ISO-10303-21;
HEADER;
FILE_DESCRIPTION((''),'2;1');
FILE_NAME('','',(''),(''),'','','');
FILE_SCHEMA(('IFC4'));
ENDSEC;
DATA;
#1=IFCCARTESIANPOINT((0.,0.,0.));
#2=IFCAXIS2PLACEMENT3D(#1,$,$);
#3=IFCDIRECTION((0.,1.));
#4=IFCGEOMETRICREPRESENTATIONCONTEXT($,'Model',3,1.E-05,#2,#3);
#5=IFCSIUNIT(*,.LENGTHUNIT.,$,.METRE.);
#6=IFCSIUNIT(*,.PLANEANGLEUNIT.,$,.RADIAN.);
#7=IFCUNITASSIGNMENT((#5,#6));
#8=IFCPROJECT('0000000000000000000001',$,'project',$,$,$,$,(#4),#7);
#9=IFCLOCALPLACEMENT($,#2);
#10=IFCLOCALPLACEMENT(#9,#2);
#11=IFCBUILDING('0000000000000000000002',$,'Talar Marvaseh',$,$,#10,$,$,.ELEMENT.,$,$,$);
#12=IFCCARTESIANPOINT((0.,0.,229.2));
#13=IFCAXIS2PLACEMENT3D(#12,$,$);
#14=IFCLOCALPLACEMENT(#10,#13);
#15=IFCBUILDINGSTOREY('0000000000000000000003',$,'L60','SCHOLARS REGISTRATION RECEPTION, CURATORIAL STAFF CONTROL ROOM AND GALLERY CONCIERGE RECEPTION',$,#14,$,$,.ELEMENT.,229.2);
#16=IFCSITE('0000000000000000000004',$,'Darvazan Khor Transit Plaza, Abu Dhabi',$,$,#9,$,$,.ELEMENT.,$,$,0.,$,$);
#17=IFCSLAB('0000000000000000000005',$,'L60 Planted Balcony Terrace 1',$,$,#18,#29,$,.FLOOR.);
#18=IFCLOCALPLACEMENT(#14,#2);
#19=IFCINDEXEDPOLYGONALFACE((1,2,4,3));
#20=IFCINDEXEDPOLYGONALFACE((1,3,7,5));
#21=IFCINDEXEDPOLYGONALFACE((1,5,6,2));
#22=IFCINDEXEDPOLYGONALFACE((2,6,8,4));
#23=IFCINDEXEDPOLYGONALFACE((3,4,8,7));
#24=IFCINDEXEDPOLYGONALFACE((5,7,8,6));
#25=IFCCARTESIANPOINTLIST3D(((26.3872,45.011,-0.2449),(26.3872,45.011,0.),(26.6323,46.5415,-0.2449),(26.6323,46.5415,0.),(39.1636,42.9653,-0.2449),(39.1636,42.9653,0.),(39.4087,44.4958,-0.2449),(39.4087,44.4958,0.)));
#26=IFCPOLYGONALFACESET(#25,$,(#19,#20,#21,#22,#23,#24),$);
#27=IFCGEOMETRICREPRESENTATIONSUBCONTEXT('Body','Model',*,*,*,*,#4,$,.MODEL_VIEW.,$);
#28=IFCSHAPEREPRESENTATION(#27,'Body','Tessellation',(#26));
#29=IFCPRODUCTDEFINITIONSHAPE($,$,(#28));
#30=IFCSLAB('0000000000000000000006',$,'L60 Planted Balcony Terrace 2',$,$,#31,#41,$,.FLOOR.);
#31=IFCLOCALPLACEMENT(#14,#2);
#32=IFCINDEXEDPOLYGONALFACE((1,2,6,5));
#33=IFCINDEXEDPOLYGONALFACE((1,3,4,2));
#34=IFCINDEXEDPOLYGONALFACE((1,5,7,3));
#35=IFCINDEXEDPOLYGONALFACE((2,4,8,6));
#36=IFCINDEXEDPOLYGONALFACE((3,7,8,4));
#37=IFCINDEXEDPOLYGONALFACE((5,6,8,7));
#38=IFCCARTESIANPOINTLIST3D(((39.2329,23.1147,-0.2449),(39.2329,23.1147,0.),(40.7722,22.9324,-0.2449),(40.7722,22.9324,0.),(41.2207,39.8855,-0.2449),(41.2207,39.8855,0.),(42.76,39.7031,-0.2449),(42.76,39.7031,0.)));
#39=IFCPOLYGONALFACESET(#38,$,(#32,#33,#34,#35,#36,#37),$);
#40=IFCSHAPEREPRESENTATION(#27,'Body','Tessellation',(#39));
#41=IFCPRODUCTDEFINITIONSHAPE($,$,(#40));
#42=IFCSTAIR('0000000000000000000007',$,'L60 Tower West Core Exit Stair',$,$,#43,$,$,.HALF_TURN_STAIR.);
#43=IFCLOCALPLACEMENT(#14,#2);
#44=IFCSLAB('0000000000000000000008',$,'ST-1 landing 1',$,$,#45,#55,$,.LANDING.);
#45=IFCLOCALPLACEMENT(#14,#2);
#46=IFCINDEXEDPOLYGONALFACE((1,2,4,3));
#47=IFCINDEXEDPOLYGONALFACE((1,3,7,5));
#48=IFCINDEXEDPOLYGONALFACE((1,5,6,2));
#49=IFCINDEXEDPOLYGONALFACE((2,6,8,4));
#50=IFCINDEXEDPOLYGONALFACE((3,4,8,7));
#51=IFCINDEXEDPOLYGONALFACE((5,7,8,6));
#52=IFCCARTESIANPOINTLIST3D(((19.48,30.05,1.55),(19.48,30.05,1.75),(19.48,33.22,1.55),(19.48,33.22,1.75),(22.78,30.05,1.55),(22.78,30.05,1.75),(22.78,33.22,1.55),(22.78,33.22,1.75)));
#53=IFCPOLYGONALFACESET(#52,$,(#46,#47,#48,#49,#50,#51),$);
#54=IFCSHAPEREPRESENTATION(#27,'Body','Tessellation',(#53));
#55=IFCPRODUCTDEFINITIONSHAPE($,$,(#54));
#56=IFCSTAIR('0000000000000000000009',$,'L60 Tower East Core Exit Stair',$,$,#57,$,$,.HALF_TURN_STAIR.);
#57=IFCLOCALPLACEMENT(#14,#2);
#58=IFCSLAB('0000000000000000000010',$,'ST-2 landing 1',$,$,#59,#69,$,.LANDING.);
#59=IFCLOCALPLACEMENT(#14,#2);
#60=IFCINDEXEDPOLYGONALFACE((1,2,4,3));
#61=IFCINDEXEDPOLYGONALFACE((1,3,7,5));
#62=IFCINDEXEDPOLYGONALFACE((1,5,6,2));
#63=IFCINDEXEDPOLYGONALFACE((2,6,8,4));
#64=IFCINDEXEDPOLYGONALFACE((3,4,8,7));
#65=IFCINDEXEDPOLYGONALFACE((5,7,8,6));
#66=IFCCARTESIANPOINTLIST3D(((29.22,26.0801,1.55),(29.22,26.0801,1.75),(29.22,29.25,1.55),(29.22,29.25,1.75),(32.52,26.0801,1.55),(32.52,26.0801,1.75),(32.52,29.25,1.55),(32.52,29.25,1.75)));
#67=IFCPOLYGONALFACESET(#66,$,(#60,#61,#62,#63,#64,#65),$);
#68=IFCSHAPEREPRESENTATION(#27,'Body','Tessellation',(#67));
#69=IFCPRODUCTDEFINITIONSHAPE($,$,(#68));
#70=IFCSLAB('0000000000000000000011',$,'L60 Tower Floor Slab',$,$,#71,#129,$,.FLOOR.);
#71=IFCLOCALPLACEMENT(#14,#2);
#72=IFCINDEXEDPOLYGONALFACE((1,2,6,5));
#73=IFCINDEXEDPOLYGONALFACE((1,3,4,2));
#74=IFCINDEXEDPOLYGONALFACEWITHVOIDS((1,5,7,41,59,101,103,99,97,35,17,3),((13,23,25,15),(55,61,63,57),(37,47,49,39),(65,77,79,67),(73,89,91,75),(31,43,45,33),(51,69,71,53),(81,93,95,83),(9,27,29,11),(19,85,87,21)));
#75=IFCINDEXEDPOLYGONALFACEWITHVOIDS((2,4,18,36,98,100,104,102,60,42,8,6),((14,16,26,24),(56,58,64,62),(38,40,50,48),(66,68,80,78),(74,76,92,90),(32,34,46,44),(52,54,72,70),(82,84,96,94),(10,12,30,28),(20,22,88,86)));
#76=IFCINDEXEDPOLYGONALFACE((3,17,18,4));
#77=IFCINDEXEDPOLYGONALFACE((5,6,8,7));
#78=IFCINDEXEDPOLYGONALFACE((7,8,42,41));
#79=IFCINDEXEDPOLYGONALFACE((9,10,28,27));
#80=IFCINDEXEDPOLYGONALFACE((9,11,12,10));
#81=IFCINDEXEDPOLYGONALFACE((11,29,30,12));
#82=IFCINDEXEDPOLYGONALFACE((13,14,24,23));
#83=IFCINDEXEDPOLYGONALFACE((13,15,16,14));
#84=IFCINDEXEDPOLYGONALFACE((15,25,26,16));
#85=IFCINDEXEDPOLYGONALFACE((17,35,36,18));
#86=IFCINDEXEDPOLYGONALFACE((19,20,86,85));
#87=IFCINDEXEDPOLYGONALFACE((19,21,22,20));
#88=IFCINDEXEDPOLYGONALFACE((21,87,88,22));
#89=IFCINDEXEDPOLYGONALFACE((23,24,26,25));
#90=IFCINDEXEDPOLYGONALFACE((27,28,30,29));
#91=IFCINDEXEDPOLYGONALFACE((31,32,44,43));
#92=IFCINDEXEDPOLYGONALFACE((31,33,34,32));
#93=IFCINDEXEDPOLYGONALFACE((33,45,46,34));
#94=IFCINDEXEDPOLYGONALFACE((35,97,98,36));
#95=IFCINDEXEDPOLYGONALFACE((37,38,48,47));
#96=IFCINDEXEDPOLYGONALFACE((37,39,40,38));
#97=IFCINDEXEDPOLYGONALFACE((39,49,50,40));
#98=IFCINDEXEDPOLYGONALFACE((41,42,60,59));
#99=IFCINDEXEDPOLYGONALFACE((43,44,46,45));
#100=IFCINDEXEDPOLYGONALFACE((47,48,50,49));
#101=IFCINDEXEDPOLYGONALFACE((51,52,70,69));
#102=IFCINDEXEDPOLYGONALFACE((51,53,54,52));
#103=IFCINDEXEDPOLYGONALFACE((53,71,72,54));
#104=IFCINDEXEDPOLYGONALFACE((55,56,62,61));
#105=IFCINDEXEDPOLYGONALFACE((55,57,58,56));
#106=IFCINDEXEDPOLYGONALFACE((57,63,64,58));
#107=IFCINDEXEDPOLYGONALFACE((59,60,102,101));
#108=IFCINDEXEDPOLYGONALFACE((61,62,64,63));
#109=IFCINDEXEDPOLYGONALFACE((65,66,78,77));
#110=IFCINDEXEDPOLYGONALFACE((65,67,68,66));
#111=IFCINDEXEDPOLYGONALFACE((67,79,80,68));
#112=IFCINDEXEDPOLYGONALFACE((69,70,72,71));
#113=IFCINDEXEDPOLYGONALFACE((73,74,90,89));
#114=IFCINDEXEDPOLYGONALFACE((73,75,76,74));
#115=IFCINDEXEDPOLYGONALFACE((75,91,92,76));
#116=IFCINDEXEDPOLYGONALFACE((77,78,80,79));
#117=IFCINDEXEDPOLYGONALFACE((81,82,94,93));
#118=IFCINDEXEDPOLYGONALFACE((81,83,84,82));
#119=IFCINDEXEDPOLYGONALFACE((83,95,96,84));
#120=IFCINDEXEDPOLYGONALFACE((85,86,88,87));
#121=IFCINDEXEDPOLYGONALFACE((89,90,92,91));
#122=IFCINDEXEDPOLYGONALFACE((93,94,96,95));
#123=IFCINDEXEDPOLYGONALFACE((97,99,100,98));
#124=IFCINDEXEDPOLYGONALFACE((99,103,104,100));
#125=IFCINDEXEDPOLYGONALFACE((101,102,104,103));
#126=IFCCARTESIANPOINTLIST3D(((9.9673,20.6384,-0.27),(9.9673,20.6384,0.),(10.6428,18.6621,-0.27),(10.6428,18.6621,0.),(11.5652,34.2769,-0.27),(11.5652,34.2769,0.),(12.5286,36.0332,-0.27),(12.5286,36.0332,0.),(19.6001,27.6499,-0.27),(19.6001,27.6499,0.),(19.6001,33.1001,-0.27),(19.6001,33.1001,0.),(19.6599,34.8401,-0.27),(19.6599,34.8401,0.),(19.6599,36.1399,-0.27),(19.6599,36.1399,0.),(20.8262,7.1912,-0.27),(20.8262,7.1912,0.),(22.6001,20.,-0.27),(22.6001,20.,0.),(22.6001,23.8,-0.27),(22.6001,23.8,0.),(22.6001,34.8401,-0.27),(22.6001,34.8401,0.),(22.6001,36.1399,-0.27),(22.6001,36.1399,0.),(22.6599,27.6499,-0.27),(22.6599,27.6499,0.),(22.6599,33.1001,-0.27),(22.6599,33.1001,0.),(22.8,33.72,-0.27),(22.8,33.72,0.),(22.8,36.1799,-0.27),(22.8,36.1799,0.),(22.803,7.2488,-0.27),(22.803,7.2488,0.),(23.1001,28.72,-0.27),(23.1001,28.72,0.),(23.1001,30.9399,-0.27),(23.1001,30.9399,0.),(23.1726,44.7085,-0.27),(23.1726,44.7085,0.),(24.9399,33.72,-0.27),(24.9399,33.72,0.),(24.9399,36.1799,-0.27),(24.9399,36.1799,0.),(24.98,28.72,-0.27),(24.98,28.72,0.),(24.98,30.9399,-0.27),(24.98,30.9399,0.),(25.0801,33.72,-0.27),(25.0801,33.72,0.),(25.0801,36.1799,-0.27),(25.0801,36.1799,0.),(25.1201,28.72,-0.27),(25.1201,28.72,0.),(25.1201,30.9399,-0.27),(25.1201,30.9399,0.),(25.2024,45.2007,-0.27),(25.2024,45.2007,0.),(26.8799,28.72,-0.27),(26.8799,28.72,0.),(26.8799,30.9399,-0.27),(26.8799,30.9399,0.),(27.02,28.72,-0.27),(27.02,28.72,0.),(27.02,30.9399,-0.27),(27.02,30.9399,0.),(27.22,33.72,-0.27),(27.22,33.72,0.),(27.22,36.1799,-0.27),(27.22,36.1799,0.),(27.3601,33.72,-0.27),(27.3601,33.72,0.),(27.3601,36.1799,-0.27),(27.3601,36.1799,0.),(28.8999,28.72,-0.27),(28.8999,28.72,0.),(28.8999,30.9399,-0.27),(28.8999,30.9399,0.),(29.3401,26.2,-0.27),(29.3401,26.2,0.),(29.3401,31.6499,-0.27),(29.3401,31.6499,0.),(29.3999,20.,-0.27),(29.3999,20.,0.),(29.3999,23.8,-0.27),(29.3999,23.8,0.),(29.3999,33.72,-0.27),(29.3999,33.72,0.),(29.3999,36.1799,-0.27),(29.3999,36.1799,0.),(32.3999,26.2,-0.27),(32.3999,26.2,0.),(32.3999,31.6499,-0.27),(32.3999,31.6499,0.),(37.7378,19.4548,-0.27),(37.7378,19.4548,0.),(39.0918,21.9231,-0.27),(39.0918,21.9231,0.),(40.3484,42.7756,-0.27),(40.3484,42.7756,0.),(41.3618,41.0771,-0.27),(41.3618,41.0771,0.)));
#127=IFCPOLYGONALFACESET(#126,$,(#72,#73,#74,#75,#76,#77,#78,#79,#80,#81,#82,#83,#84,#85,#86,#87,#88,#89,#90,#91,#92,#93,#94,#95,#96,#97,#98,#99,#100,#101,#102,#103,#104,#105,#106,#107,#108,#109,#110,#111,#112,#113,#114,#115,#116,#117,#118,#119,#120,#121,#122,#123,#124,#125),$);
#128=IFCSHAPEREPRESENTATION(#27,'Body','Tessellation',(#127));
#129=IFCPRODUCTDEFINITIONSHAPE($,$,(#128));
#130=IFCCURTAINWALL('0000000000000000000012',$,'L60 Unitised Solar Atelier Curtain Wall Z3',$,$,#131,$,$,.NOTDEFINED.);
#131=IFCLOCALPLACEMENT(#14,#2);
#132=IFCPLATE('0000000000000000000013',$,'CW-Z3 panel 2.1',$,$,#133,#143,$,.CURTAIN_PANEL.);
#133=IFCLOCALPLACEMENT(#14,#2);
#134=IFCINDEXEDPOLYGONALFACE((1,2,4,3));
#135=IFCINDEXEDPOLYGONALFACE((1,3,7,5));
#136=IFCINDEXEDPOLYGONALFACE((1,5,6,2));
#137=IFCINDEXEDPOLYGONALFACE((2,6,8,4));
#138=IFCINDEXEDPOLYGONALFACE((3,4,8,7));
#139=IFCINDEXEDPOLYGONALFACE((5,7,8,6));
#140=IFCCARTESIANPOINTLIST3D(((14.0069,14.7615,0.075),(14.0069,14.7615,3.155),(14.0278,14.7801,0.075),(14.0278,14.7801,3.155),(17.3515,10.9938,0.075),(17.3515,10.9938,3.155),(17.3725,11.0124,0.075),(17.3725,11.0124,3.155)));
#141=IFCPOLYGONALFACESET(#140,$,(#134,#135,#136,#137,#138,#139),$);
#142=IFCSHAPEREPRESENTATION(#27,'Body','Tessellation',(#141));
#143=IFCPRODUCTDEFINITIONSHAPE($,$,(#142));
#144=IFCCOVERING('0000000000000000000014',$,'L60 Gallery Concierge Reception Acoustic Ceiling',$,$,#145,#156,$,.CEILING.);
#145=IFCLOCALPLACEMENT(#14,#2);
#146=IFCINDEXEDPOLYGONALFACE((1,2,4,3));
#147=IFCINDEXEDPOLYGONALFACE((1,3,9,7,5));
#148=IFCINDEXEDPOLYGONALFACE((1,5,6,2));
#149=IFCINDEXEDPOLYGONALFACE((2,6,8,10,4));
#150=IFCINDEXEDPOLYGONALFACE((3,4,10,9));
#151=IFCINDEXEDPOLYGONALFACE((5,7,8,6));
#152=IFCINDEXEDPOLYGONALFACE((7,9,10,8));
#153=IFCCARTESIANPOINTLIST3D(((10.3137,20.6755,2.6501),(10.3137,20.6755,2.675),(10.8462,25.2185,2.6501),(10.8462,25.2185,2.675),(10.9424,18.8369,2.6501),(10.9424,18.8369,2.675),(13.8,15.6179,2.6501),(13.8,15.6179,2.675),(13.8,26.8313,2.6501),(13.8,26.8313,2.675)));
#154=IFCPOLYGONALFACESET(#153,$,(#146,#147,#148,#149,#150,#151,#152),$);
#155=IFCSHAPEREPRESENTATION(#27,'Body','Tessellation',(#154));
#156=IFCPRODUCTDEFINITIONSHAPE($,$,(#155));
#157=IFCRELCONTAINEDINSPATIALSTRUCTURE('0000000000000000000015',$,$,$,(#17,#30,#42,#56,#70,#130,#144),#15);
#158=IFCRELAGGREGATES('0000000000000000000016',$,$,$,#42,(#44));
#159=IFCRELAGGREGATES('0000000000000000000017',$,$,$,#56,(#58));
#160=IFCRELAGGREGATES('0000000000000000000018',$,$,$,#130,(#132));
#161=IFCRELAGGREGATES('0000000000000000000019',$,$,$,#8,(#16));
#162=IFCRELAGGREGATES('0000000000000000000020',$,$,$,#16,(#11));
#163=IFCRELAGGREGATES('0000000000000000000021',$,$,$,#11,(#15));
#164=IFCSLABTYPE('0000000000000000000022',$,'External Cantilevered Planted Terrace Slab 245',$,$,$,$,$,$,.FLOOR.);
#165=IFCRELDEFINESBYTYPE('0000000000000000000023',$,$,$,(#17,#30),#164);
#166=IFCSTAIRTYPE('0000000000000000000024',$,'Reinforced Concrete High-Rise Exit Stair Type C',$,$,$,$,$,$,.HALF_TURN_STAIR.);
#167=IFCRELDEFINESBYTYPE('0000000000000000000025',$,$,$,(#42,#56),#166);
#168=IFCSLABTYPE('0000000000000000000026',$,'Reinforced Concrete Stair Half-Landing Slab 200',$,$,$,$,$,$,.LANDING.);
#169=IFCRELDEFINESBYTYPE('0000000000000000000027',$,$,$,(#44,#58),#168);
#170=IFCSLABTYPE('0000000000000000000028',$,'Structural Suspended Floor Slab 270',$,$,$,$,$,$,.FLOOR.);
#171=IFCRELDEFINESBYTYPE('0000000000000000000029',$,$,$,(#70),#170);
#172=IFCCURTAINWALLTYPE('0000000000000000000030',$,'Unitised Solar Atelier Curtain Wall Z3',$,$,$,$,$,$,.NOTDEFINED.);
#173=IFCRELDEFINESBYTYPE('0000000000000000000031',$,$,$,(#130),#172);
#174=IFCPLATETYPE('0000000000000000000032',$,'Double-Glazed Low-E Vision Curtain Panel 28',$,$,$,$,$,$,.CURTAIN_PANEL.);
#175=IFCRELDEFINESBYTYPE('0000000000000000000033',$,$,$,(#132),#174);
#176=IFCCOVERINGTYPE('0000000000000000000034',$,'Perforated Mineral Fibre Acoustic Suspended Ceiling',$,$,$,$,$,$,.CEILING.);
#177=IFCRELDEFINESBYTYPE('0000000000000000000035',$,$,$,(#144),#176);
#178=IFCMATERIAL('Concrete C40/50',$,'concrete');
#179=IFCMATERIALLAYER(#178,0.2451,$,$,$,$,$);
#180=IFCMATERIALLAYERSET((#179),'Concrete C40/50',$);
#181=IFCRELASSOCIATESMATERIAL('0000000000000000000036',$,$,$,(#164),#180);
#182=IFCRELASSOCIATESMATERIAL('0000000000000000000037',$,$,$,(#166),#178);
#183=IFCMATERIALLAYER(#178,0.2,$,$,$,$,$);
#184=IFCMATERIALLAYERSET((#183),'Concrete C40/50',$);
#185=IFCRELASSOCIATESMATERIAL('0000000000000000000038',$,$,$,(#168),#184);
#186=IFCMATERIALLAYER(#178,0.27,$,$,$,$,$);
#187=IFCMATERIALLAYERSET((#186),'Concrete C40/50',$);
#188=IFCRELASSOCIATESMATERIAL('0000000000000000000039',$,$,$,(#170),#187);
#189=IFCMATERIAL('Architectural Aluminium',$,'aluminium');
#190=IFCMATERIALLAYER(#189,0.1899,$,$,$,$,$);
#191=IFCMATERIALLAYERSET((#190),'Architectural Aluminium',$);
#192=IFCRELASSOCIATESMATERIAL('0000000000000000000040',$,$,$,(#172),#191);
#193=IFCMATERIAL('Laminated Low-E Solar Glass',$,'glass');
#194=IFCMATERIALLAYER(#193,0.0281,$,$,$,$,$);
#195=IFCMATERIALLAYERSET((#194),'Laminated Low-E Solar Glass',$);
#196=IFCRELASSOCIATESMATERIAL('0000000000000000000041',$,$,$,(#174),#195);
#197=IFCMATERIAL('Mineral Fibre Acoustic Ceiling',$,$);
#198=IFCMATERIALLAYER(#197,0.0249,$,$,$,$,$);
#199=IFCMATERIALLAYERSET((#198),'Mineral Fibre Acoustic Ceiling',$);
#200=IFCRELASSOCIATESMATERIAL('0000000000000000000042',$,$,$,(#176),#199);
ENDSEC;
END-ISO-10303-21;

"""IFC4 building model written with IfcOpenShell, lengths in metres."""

from ifc_helpers import new_model, si_unit, direction, frame, origin, origin_2d, place, context, subcontext, project, spatial, polyline, rectangle, outline, extrude, source, transform, mapped, material, layer, layer_set, type_object, type_shapes, element, aggregate, save


model = new_model("IFC4")

# Units and contexts
model_context = context("Model", 3, precision=1e-05, world=origin(), true_north=direction((0.0, 1.0)))
body_context = subcontext(model_context, "Body", "Model", "MODEL_VIEW")
ifc_project = project(units=[si_unit("LENGTHUNIT", "METRE"), si_unit("PLANEANGLEUNIT", "RADIAN")], contexts=[model_context])

# Site, building, storey
site_placement = place(None, origin())
site = spatial("IfcSite", under=ifc_project, at=site_placement, Name="Darvazan Khor Transit Plaza, Abu Dhabi", CompositionType="ELEMENT", RefElevation=0.0)
building_placement = place(site_placement, origin())
building = spatial("IfcBuilding", under=site, at=building_placement, Name="Talar Marvaseh", CompositionType="ELEMENT")
storey_placement = place(building_placement, frame((0.0, 0.0, 229.2)))
storey = spatial("IfcBuildingStorey", under=building, at=storey_placement, Name="L60", Description="SCHOLARS REGISTRATION RECEPTION, CURATORIAL STAFF CONTROL ROOM AND GALLERY CONCIERGE RECEPTION", CompositionType="ELEMENT", Elevation=229.2)

# Slabs
ifc_material_1 = material(Name="Concrete C40/50", Category="concrete")
ifc_layer_1 = layer(ifc_material_1, 0.2451)
ifc_layer_set_1 = layer_set([ifc_layer_1], Name="Concrete C40/50")
slab_type_1 = type_object("IfcSlabType", Name="External Cantilevered Planted Terrace Slab 245", PredefinedType="FLOOR", material=ifc_layer_set_1)
slab_1_placement = place(storey_placement, frame((0.0, 0.0, -0.2449)))
element("IfcSlab", 1, at=slab_1_placement, inside=storey, type_object=slab_type_1, Name="L60 Planted Balcony Terrace 1", PredefinedType="FLOOR", context=body_context, shape_type="SweptSolid", body=[
    extrude(outline(polyline([(26.3872, 45.011), (39.1636, 42.9653), (39.4087, 44.4958), (26.6323, 46.5415), (26.3872, 45.011)])), origin(), (0.0, 0.0, 1.0), 0.2449),
])
slab_2_placement = place(storey_placement, frame((0.0, 0.0, -0.2449)))
element("IfcSlab", 2, at=slab_2_placement, inside=storey, type_object=slab_type_1, Name="L60 Planted Balcony Terrace 2", PredefinedType="FLOOR", context=body_context, shape_type="SweptSolid", body=[
    extrude(outline(polyline([(41.2207, 39.8855), (39.2329, 23.1147), (40.7722, 22.9324), (42.76, 39.7031), (41.2207, 39.8855)])), origin(), (0.0, 0.0, 1.0), 0.2449),
])

# Stairs, slabs
stair_type = type_object("IfcStairType", Name="Reinforced Concrete High-Rise Exit Stair Type C", PredefinedType="HALF_TURN_STAIR", material=ifc_material_1)
stair_1_placement = place(storey_placement, origin())
stair_1 = element("IfcStair", 3, at=stair_1_placement, inside=storey, type_object=stair_type, Name="L60 Tower West Core Exit Stair", PredefinedType="HALF_TURN_STAIR")
ifc_layer_2 = layer(ifc_material_1, 0.2)
ifc_layer_set_2 = layer_set([ifc_layer_2], Name="Concrete C40/50")
slab_type_2 = type_object("IfcSlabType", Name="Reinforced Concrete Stair Half-Landing Slab 200", PredefinedType="LANDING", material=ifc_layer_set_2)
slab_3_placement = place(storey_placement, frame((0.0, 0.0, 1.55)))
slab_3 = element("IfcSlab", 4, at=slab_3_placement, type_object=slab_type_2, Name="ST-1 landing 1", PredefinedType="LANDING", context=body_context, shape_type="SweptSolid", body=[
    extrude(outline(polyline([(22.78, 30.05), (22.78, 33.22), (19.48, 33.22), (19.48, 30.05), (22.78, 30.05)])), origin(), (0.0, 0.0, 1.0), 0.2),
])
aggregate(stair_1, [slab_3])
stair_2_placement = place(storey_placement, origin())
stair_2 = element("IfcStair", 5, at=stair_2_placement, inside=storey, type_object=stair_type, Name="L60 Tower East Core Exit Stair", PredefinedType="HALF_TURN_STAIR")
slab_4_placement = place(storey_placement, frame((0.0, 0.0, 1.55)))
slab_4 = element("IfcSlab", 6, at=slab_4_placement, type_object=slab_type_2, Name="ST-2 landing 1", PredefinedType="LANDING", context=body_context, shape_type="SweptSolid", body=[
    extrude(outline(polyline([(29.22, 29.25), (29.22, 26.0801), (32.52, 26.0801), (32.52, 29.25), (29.22, 29.25)])), origin(), (0.0, 0.0, 1.0), 0.2),
])
aggregate(stair_2, [slab_4])

# Slab
ifc_layer_3 = layer(ifc_material_1, 0.27)
ifc_layer_set_3 = layer_set([ifc_layer_3], Name="Concrete C40/50")
slab_type_3 = type_object("IfcSlabType", Name="Structural Suspended Floor Slab 270", PredefinedType="FLOOR", material=ifc_layer_set_3)
slab_5_placement = place(storey_placement, frame((0.0, 0.0, -0.27)))
element("IfcSlab", 7, at=slab_5_placement, inside=storey, type_object=slab_type_3, Name="L60 Tower Floor Slab", PredefinedType="FLOOR", context=body_context, shape_type="SweptSolid", body=[
    extrude(outline(polyline([(22.803, 7.2488), (20.8262, 7.1912), (10.6428, 18.6621), (9.9673, 20.6384), (11.5652, 34.2769), (12.5286, 36.0332), (23.1726, 44.7085), (25.2024, 45.2007), (40.3484, 42.7756), (41.3618, 41.0771), (39.0918, 21.9231), (37.7378, 19.4548), (22.803, 7.2488)]), holes=[polyline([(22.6599, 27.6499), (22.6599, 33.1001), (19.6001, 33.1001), (19.6001, 27.6499), (22.6599, 27.6499)]), polyline([(29.3401, 31.6499), (29.3401, 26.2), (32.3999, 26.2), (32.3999, 31.6499), (29.3401, 31.6499)]), polyline([(22.8, 33.72), (24.9399, 33.72), (24.9399, 36.1799), (22.8, 36.1799), (22.8, 33.72)]), polyline([(25.0801, 33.72), (27.22, 33.72), (27.22, 36.1799), (25.0801, 36.1799), (25.0801, 33.72)]), polyline([(27.3601, 33.72), (29.3999, 33.72), (29.3999, 36.1799), (27.3601, 36.1799), (27.3601, 33.72)]), polyline([(23.1001, 28.72), (24.98, 28.72), (24.98, 30.9399), (23.1001, 30.9399), (23.1001, 28.72)]), polyline([(25.1201, 28.72), (26.8799, 28.72), (26.8799, 30.9399), (25.1201, 30.9399), (25.1201, 28.72)]), polyline([(27.02, 28.72), (28.8999, 28.72), (28.8999, 30.9399), (27.02, 30.9399), (27.02, 28.72)]), polyline([(19.6599, 34.8401), (22.6001, 34.8401), (22.6001, 36.1399), (19.6599, 36.1399), (19.6599, 34.8401)]), polyline([(22.6001, 20.0), (29.3999, 20.0), (29.3999, 23.8), (22.6001, 23.8), (22.6001, 20.0)])]), origin(), (0.0, 0.0, 1.0), 0.27),
])

# Curtain wall, plate
ifc_material_2 = material(Name="Architectural Aluminium", Category="aluminium")
ifc_layer_4 = layer(ifc_material_2, 0.1899)
ifc_layer_set_4 = layer_set([ifc_layer_4], Name="Architectural Aluminium")
curtain_wall_type = type_object("IfcCurtainWallType", Name="Unitised Solar Atelier Curtain Wall Z3", PredefinedType="NOTDEFINED", material=ifc_layer_set_4)
curtain_wall_placement = place(storey_placement, origin())
curtain_wall = element("IfcCurtainWall", 8, at=curtain_wall_placement, inside=storey, type_object=curtain_wall_type, Name="L60 Unitised Solar Atelier Curtain Wall Z3", PredefinedType="NOTDEFINED")
ifc_material_3 = material(Name="Laminated Low-E Solar Glass", Category="glass")
ifc_layer_5 = layer(ifc_material_3, 0.0281)
ifc_layer_set_5 = layer_set([ifc_layer_5], Name="Laminated Low-E Solar Glass")
plate_type = type_object("IfcPlateType", Name="Double-Glazed Low-E Vision Curtain Panel 28", PredefinedType="CURTAIN_PANEL", material=ifc_layer_set_5)
shared_shape_1 = source(origin(), body_context, "Body", "SweptSolid", [
    extrude(rectangle(XDim=5.0381, YDim=0.0281, at=origin_2d()), origin(), (0.0, 0.0, 1.0), 3.0801),
])
type_shapes(plate_type, [shared_shape_1])
plate_placement = place(storey_placement, frame((15.6897, 12.887, 0.075), z_axis=(0.0, 0.0, 1.0), x_axis=(-0.663882, 0.747838, 0.0)))
plate = element("IfcPlate", 9, at=plate_placement, type_object=plate_type, Name="CW-Z3 panel 2.1", PredefinedType="CURTAIN_PANEL", context=body_context, shape_type="MappedRepresentation", body=[
    mapped(shared_shape_1, transform((0.0, 0.0, 0.0), x_axis=(1.0, 0.0, 0.0), y_axis=(0.0, 1.0, 0.0), z_axis=(0.0, 0.0, 1.0), scale=1.0)),
])
aggregate(curtain_wall, [plate])

# Covering
ifc_material_4 = material(Name="Mineral Fibre Acoustic Ceiling")
ifc_layer_6 = layer(ifc_material_4, 0.0249)
ifc_layer_set_6 = layer_set([ifc_layer_6], Name="Mineral Fibre Acoustic Ceiling")
covering_type_1 = type_object("IfcCoveringType", Name="Perforated Mineral Fibre Acoustic Suspended Ceiling", PredefinedType="CEILING", material=ifc_layer_set_6)
covering_1_placement = place(storey_placement, frame((0.0, 0.0, 2.6501)))
element("IfcCovering", 10, at=covering_1_placement, inside=storey, type_object=covering_type_1, Name="L60 Gallery Concierge Reception Acoustic Ceiling", PredefinedType="CEILING", context=body_context, shape_type="SweptSolid", body=[
    extrude(outline(polyline([(13.8, 26.8313), (13.8, 15.6179), (10.9424, 18.8369), (10.3137, 20.6755), (10.8462, 25.2185), (13.8, 26.8313)])), origin(), (0.0, 0.0, 1.0), 0.0249),
])

save(model, "model.ifc")
